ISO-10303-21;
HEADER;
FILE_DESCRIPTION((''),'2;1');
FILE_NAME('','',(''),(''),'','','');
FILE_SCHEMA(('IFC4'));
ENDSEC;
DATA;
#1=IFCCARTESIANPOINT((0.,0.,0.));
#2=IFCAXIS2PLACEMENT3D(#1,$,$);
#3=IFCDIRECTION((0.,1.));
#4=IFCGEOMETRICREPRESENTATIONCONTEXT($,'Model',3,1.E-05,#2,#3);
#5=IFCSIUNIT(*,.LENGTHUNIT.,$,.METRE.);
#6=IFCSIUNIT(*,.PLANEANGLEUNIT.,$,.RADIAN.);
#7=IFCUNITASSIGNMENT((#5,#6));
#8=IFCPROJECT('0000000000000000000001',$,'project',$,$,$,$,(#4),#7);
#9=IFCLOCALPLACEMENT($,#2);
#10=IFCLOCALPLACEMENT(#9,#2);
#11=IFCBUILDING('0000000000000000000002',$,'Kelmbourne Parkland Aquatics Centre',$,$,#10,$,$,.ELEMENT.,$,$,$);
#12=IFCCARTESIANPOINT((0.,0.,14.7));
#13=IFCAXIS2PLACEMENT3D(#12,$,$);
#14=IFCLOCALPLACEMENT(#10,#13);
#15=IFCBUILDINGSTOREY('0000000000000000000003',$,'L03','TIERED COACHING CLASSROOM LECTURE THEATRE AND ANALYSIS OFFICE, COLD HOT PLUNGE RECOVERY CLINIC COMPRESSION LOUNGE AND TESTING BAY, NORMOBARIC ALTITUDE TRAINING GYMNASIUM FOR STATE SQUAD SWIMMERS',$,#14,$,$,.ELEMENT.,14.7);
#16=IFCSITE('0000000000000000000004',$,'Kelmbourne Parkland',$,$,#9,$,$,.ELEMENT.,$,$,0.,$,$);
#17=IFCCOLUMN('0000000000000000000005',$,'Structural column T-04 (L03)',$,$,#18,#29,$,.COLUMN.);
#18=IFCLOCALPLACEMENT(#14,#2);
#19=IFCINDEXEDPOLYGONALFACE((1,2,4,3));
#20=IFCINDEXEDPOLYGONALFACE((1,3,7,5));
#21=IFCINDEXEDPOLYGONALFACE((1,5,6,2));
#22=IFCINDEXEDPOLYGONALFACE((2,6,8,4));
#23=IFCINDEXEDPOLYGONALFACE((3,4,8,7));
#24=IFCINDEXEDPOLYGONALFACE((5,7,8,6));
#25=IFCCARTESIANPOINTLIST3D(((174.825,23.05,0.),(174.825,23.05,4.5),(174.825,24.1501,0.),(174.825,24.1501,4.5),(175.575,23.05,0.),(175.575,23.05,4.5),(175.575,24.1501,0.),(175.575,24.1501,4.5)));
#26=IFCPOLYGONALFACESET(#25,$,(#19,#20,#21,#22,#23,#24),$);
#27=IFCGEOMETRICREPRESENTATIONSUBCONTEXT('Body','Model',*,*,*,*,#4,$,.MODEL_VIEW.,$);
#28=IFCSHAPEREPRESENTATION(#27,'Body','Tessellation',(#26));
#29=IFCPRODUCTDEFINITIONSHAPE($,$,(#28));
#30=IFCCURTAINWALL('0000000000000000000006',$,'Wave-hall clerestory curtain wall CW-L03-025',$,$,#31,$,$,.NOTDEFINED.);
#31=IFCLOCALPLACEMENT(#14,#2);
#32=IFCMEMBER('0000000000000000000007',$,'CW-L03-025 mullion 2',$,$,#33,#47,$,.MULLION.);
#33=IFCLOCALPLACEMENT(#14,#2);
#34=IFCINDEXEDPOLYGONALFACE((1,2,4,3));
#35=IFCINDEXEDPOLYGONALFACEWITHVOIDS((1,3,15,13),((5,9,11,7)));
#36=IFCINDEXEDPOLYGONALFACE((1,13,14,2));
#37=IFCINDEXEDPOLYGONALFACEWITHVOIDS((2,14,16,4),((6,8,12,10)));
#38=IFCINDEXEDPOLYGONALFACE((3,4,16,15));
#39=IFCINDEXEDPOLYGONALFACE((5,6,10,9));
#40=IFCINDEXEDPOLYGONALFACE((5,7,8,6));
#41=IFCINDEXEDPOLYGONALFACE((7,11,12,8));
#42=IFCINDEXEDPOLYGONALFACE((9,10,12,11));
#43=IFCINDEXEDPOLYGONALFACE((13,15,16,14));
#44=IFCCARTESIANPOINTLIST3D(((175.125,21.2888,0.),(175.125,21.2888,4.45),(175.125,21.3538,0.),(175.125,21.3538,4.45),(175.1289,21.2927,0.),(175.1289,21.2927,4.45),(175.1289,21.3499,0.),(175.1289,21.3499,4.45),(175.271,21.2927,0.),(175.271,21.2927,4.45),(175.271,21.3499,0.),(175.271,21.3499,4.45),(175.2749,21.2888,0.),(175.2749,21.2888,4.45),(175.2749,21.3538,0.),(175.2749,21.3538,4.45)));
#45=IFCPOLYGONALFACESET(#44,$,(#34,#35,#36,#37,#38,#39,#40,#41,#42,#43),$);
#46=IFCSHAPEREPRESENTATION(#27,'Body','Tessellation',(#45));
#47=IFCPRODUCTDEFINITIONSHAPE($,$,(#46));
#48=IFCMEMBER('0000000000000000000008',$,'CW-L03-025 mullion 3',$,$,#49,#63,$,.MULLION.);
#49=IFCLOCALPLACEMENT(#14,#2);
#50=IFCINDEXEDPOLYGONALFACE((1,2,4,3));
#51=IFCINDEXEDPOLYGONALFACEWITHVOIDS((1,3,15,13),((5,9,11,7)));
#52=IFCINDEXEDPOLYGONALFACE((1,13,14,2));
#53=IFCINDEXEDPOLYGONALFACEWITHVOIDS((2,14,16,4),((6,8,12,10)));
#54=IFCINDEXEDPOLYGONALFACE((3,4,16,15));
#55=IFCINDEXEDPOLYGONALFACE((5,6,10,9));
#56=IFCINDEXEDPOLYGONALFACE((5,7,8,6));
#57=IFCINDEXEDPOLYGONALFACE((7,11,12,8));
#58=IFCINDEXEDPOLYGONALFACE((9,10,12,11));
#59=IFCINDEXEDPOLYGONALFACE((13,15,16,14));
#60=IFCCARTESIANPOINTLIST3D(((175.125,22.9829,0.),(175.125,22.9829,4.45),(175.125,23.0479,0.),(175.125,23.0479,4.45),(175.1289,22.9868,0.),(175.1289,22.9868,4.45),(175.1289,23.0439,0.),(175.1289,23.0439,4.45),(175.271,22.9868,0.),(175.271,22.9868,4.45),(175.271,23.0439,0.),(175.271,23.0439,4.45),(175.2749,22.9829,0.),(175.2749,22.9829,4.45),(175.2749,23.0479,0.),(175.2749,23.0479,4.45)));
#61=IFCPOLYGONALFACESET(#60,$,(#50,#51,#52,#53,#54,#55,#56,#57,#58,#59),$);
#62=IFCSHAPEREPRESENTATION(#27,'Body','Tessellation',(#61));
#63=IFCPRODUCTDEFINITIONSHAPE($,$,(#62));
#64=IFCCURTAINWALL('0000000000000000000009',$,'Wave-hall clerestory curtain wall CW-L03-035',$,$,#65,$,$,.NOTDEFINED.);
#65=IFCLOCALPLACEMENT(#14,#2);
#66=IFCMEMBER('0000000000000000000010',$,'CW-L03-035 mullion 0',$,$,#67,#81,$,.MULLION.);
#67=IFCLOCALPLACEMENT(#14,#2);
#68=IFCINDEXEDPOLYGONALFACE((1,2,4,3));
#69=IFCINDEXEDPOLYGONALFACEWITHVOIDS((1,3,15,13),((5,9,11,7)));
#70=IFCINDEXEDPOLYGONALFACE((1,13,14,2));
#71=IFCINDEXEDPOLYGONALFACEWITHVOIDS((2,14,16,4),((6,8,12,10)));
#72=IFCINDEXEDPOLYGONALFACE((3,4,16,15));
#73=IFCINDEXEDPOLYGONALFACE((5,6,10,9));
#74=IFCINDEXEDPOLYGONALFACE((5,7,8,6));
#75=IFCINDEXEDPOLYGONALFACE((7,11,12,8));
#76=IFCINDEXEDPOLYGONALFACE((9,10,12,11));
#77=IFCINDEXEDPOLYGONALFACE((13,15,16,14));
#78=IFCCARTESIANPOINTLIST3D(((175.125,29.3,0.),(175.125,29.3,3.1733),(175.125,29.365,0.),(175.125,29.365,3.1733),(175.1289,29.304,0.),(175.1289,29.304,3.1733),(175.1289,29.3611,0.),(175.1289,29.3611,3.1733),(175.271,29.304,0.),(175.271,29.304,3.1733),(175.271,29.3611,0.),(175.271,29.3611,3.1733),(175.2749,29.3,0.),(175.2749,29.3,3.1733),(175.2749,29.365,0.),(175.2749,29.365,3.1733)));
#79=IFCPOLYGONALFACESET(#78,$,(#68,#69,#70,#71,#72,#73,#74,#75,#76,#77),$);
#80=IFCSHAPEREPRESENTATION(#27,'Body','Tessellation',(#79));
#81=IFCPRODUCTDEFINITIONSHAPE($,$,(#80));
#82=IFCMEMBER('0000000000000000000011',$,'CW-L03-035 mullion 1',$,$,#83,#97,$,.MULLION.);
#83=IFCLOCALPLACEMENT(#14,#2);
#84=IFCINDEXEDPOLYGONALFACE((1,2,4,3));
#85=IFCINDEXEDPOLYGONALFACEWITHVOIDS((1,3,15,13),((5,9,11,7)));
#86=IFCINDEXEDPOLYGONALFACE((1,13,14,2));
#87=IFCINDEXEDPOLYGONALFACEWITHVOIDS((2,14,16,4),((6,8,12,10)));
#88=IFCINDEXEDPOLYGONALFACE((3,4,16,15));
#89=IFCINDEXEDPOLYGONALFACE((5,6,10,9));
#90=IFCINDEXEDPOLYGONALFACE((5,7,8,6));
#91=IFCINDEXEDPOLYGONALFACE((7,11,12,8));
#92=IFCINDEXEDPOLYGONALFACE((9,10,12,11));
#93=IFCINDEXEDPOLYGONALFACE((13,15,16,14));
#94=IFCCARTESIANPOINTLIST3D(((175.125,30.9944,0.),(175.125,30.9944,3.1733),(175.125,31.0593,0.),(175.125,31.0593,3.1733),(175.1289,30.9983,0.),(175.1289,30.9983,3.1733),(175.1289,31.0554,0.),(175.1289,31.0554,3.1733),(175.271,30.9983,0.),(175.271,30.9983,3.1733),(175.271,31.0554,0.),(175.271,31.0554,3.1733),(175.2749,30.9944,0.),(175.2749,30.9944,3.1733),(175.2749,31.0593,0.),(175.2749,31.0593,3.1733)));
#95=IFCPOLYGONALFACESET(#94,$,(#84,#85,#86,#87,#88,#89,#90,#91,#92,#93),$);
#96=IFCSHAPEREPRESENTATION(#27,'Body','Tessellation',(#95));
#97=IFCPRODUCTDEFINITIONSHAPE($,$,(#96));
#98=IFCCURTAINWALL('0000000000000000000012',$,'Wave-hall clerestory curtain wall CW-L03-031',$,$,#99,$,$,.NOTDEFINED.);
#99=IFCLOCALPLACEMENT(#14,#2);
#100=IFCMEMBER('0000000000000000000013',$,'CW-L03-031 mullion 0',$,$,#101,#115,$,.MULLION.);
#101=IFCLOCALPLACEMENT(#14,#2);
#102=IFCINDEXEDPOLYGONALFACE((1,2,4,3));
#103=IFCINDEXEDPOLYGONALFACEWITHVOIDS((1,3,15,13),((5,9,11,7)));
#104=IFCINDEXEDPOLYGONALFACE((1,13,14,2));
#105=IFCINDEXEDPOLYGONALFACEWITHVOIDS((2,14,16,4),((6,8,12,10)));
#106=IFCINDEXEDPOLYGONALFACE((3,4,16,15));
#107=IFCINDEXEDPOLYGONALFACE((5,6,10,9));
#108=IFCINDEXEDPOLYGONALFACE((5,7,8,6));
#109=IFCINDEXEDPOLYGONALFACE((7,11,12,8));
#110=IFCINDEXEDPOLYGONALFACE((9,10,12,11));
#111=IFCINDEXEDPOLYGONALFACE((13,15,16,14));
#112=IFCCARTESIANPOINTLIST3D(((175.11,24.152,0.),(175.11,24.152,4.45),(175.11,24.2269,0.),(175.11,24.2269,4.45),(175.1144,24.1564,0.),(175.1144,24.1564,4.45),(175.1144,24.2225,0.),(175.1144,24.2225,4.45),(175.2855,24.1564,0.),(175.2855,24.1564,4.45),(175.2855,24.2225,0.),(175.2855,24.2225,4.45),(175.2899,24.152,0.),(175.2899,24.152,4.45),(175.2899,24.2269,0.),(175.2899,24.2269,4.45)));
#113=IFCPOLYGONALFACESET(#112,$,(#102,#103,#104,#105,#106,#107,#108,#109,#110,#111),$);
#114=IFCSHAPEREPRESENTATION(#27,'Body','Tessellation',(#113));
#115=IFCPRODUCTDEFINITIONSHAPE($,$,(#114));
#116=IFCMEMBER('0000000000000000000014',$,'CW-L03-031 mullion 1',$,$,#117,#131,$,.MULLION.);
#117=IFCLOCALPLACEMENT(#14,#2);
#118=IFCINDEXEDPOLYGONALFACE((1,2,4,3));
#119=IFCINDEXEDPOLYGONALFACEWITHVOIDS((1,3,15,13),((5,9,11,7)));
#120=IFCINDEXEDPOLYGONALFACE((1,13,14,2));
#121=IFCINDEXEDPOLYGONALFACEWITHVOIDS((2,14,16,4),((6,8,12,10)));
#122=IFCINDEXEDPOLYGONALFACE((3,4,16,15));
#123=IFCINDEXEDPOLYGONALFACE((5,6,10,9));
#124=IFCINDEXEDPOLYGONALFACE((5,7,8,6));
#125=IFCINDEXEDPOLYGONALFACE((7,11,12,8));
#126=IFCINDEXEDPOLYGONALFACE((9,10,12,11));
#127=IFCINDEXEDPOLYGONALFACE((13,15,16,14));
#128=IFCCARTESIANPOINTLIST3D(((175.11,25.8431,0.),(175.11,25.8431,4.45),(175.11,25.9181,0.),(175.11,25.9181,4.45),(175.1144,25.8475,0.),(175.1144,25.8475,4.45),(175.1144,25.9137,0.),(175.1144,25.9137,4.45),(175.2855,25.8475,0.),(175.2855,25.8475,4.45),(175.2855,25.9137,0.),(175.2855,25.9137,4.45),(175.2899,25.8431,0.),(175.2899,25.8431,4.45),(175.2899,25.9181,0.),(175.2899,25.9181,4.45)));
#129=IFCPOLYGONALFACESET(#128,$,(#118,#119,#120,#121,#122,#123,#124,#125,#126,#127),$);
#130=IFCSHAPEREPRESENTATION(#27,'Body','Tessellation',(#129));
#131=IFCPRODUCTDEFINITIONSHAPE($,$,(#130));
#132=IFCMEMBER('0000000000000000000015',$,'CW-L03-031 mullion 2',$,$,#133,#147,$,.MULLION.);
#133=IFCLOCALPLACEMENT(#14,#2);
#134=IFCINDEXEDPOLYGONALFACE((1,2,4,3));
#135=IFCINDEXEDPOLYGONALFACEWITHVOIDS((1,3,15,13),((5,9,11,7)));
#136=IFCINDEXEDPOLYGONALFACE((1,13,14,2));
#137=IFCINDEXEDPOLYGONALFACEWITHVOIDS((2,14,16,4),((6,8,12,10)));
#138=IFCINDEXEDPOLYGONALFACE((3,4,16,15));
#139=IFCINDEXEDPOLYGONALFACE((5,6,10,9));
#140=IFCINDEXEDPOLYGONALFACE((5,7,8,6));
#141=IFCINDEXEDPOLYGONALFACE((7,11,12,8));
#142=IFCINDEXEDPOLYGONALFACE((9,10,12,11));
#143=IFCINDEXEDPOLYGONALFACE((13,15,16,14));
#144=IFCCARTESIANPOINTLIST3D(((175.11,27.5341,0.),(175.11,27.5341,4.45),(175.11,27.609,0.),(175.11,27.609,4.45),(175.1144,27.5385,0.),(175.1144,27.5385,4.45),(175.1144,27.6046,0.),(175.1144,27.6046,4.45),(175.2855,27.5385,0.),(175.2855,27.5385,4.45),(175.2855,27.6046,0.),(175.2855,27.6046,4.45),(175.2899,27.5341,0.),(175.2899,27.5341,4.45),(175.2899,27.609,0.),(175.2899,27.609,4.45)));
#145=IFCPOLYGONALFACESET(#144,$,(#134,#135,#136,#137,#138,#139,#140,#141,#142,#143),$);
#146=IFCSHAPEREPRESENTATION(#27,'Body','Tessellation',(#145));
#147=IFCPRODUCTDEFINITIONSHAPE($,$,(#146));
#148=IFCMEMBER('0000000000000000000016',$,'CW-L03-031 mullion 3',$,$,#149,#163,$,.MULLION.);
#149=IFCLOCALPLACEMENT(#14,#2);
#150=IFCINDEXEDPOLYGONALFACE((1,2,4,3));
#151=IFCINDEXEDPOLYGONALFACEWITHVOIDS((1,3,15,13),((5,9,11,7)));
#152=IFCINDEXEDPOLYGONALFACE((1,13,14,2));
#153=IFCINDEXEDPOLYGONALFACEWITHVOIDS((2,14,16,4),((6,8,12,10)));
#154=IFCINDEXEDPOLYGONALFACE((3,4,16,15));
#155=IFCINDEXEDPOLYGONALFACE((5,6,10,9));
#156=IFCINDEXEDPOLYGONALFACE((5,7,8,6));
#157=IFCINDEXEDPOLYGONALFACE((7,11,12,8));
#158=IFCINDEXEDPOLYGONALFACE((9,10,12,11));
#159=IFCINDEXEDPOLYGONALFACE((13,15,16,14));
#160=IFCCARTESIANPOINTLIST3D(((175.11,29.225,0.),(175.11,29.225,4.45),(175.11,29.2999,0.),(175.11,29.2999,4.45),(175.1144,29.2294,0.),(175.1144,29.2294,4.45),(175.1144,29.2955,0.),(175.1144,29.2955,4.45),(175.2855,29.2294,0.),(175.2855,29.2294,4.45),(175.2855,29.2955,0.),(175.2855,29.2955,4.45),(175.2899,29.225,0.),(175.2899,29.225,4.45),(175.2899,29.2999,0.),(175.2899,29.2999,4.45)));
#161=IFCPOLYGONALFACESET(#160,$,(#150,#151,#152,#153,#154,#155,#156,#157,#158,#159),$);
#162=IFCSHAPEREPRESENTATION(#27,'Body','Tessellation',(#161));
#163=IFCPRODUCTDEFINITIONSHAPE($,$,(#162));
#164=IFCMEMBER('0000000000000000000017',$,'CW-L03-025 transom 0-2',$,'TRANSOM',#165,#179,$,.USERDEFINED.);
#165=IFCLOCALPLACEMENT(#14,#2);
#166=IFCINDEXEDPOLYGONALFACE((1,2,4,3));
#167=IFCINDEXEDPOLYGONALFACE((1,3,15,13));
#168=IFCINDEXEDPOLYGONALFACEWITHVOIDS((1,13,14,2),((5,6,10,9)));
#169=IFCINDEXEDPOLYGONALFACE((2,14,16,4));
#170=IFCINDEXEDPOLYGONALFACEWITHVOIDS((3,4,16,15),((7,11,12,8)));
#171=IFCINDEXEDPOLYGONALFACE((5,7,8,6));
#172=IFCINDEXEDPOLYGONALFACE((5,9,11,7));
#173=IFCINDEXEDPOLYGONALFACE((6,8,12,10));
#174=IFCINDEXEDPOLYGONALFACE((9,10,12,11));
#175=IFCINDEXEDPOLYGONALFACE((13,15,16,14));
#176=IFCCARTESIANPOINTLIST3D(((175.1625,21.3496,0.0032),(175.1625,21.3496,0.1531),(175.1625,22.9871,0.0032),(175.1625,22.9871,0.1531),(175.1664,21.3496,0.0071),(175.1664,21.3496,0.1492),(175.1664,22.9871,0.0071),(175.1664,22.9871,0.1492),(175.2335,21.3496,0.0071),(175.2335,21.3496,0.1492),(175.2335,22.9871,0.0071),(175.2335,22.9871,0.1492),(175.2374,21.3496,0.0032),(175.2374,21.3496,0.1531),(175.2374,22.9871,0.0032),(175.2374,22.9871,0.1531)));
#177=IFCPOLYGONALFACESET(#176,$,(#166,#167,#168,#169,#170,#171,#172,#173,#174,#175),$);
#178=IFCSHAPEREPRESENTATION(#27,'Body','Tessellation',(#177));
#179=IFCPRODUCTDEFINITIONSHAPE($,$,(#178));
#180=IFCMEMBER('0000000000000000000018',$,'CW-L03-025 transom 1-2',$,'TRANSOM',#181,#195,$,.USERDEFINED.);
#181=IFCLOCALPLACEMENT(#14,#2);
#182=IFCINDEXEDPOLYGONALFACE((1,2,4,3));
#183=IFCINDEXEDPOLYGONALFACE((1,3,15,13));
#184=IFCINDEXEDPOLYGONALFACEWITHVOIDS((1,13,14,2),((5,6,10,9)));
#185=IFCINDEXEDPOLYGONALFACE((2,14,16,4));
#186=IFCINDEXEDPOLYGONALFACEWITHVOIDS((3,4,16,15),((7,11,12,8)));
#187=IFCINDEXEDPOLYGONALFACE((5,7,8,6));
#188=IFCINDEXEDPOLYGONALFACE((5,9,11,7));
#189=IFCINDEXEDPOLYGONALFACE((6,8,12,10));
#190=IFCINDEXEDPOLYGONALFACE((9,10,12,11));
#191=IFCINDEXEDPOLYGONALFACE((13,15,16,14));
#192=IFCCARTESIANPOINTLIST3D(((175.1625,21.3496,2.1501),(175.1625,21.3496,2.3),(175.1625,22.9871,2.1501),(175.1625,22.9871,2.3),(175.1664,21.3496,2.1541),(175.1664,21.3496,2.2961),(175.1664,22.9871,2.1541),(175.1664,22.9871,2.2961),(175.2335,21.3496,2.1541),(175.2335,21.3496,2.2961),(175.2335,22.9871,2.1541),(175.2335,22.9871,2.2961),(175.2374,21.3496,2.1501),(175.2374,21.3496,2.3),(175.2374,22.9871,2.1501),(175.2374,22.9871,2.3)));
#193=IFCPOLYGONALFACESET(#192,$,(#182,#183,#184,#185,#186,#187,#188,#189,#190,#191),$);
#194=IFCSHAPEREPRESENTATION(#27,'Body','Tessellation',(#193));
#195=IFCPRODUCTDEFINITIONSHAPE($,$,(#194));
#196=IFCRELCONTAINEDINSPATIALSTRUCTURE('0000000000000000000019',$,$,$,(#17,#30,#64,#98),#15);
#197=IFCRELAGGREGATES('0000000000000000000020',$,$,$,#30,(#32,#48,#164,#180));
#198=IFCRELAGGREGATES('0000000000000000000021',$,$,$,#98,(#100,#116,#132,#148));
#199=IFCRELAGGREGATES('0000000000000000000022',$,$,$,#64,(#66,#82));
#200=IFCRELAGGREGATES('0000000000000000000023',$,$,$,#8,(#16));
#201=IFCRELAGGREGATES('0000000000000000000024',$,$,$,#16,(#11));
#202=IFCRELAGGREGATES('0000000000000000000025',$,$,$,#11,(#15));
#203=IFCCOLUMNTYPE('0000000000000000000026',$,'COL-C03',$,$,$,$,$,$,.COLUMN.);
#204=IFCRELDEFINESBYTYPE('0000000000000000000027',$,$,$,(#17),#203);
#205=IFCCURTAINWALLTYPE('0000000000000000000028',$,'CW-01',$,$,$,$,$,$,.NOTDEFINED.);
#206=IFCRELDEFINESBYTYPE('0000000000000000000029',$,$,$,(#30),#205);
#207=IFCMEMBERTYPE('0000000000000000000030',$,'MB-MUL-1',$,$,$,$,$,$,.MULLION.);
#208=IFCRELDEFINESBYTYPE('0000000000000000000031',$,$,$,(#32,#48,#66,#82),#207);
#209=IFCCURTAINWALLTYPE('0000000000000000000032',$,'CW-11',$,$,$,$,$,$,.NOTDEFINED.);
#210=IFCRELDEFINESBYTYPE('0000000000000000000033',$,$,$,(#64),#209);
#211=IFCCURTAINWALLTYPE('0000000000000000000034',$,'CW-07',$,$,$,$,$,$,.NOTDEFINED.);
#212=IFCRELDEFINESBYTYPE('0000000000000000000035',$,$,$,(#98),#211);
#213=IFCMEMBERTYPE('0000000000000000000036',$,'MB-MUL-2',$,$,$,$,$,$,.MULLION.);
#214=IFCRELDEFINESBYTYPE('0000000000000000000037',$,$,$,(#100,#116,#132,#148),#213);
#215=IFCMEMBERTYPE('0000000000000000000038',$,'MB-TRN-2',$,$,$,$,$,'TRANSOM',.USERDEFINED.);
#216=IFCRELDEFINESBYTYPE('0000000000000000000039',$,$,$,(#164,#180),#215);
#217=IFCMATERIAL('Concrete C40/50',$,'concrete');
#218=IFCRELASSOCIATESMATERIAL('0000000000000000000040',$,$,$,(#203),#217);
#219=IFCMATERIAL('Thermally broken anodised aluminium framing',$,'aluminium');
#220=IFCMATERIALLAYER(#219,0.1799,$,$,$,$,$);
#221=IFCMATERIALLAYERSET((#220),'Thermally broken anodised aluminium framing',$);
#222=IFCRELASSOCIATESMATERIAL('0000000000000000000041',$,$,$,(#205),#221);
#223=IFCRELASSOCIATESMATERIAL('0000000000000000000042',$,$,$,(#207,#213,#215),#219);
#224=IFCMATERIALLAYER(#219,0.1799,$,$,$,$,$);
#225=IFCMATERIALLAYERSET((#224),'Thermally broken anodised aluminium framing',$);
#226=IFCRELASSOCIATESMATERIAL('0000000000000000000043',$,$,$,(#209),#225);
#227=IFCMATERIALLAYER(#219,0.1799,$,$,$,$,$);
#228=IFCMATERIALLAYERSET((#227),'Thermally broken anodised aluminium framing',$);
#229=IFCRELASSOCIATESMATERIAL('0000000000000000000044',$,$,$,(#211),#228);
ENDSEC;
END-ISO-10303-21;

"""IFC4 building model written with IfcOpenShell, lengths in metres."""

from ifc_helpers import new_model, si_unit, direction, frame, origin, origin_2d, place, context, subcontext, project, spatial, rectangle, hollow_rectangle, extrude, material, layer, layer_set, material_profile, profile_set, type_object, element, aggregate, save


model = new_model("IFC4")

# Units and contexts
model_context = context("Model", 3, precision=1e-05, world=origin(), true_north=direction((0.0, 1.0)))
body_context = subcontext(model_context, "Body", "Model", "MODEL_VIEW")
ifc_project = project(units=[si_unit("LENGTHUNIT", "METRE"), si_unit("PLANEANGLEUNIT", "RADIAN")], contexts=[model_context])

# Site, building, storey
site_placement = place(None, origin())
site = spatial("IfcSite", under=ifc_project, at=site_placement, Name="Kelmbourne Parkland", CompositionType="ELEMENT", RefElevation=0.0)
building_placement = place(site_placement, origin())
building = spatial("IfcBuilding", under=site, at=building_placement, Name="Kelmbourne Parkland Aquatics Centre", CompositionType="ELEMENT")
storey_placement = place(building_placement, frame((0.0, 0.0, 14.7)))
storey = spatial("IfcBuildingStorey", under=building, at=storey_placement, Name="L03", Description="TIERED COACHING CLASSROOM LECTURE THEATRE AND ANALYSIS OFFICE, COLD HOT PLUNGE RECOVERY CLINIC COMPRESSION LOUNGE AND TESTING BAY, NORMOBARIC ALTITUDE TRAINING GYMNASIUM FOR STATE SQUAD SWIMMERS", CompositionType="ELEMENT", Elevation=14.7)

# Column
ifc_material_1 = material(Name="Concrete C40/50", Category="concrete")
ifc_material_profile_1 = material_profile(ifc_material_1, rectangle(XDim=0.75, YDim=1.1001, at=origin_2d()), Name="RC 750x1100")
ifc_profile_set_1 = profile_set([ifc_material_profile_1], Name="Concrete C40/50")
column_type = type_object("IfcColumnType", Name="COL-C03", PredefinedType="COLUMN", material=ifc_profile_set_1)
column_placement = place(storey_placement, frame((175.2, 23.6001, 0.0), z_axis=(0.0, 0.0, 1.0), x_axis=(1.0, 0.0, 0.0)))
element("IfcColumn", 1, at=column_placement, inside=storey, type_object=column_type, Name="Structural column T-04 (L03)", PredefinedType="COLUMN", context=body_context, shape_type="SweptSolid", body=[
    extrude(rectangle(XDim=0.75, YDim=1.1001, at=origin_2d()), origin(), (0.0, 0.0, 1.0), 4.5),
])

# Curtain walls, members
ifc_material_2 = material(Name="Thermally broken anodised aluminium framing", Category="aluminium")
ifc_layer_1 = layer(ifc_material_2, 0.1799)
ifc_layer_set_1 = layer_set([ifc_layer_1], Name="Thermally broken anodised aluminium framing")
curtain_wall_type_1 = type_object("IfcCurtainWallType", Name="CW-01", PredefinedType="NOTDEFINED", material=ifc_layer_set_1)
curtain_wall_1_placement = place(storey_placement, origin())
curtain_wall_1 = element("IfcCurtainWall", 2, at=curtain_wall_1_placement, inside=storey, type_object=curtain_wall_type_1, Name="Wave-hall clerestory curtain wall CW-L03-025", PredefinedType="NOTDEFINED")
ifc_material_profile_2 = material_profile(ifc_material_2, hollow_rectangle(XDim=0.0649, YDim=0.1499, WallThickness=0.0039, at=origin_2d()), Name="CW-M 65x150")
ifc_profile_set_2 = profile_set([ifc_material_profile_2], Name="Thermally broken anodised aluminium framing")
member_type_1 = type_object("IfcMemberType", Name="MB-MUL-1", PredefinedType="MULLION", material=ifc_profile_set_2)
member_1_placement = place(storey_placement, frame((175.2, 21.3213, 0.0), z_axis=(0.0, 0.0, 1.0), x_axis=(0.0, 1.0, 0.0)))
member_1 = element("IfcMember", 3, at=member_1_placement, type_object=member_type_1, Name="CW-L03-025 mullion 2", PredefinedType="MULLION", context=body_context, shape_type="SweptSolid", body=[
    extrude(hollow_rectangle(XDim=0.0649, YDim=0.1499, WallThickness=0.0039, at=origin_2d()), origin(), (0.0, 0.0, 1.0), 4.45),
])
member_2_placement = place(storey_placement, frame((175.2, 23.0154, 0.0), z_axis=(0.0, 0.0, 1.0), x_axis=(0.0, 1.0, 0.0)))
member_2 = element("IfcMember", 4, at=member_2_placement, type_object=member_type_1, Name="CW-L03-025 mullion 3", PredefinedType="MULLION", context=body_context, shape_type="SweptSolid", body=[
    extrude(hollow_rectangle(XDim=0.0649, YDim=0.1499, WallThickness=0.0039, at=origin_2d()), origin(), (0.0, 0.0, 1.0), 4.45),
])
ifc_layer_2 = layer(ifc_material_2, 0.1799)
ifc_layer_set_2 = layer_set([ifc_layer_2], Name="Thermally broken anodised aluminium framing")
curtain_wall_type_2 = type_object("IfcCurtainWallType", Name="CW-11", PredefinedType="NOTDEFINED", material=ifc_layer_set_2)
curtain_wall_2_placement = place(storey_placement, origin())
curtain_wall_2 = element("IfcCurtainWall", 5, at=curtain_wall_2_placement, inside=storey, type_object=curtain_wall_type_2, Name="Wave-hall clerestory curtain wall CW-L03-035", PredefinedType="NOTDEFINED")
member_3_placement = place(storey_placement, frame((175.2, 29.3325, 0.0), z_axis=(0.0, 0.0, 1.0), x_axis=(0.0, 1.0, 0.0)))
member_3 = element("IfcMember", 6, at=member_3_placement, type_object=member_type_1, Name="CW-L03-035 mullion 0", PredefinedType="MULLION", context=body_context, shape_type="SweptSolid", body=[
    extrude(hollow_rectangle(XDim=0.0649, YDim=0.1499, WallThickness=0.0039, at=origin_2d()), origin(), (0.0, 0.0, 1.0), 3.1733),
])
member_4_placement = place(storey_placement, frame((175.2, 31.0269, 0.0), z_axis=(0.0, 0.0, 1.0), x_axis=(0.0, 1.0, 0.0)))
member_4 = element("IfcMember", 7, at=member_4_placement, type_object=member_type_1, Name="CW-L03-035 mullion 1", PredefinedType="MULLION", context=body_context, shape_type="SweptSolid", body=[
    extrude(hollow_rectangle(XDim=0.0649, YDim=0.1499, WallThickness=0.0039, at=origin_2d()), origin(), (0.0, 0.0, 1.0), 3.1733),
])
ifc_layer_3 = layer(ifc_material_2, 0.1799)
ifc_layer_set_3 = layer_set([ifc_layer_3], Name="Thermally broken anodised aluminium framing")
curtain_wall_type_3 = type_object("IfcCurtainWallType", Name="CW-07", PredefinedType="NOTDEFINED", material=ifc_layer_set_3)
curtain_wall_3_placement = place(storey_placement, origin())
curtain_wall_3 = element("IfcCurtainWall", 8, at=curtain_wall_3_placement, inside=storey, type_object=curtain_wall_type_3, Name="Wave-hall clerestory curtain wall CW-L03-031", PredefinedType="NOTDEFINED")
ifc_material_profile_3 = material_profile(ifc_material_2, hollow_rectangle(XDim=0.075, YDim=0.1799, WallThickness=0.0044, at=origin_2d()), Name="CW-M 75x180")
ifc_profile_set_3 = profile_set([ifc_material_profile_3], Name="Thermally broken anodised aluminium framing")
member_type_2 = type_object("IfcMemberType", Name="MB-MUL-2", PredefinedType="MULLION", material=ifc_profile_set_3)
member_5_placement = place(storey_placement, frame((175.2, 24.1895, 0.0), z_axis=(0.0, 0.0, 1.0), x_axis=(0.0, 1.0, 0.0)))
member_5 = element("IfcMember", 9, at=member_5_placement, type_object=member_type_2, Name="CW-L03-031 mullion 0", PredefinedType="MULLION", context=body_context, shape_type="SweptSolid", body=[
    extrude(hollow_rectangle(XDim=0.075, YDim=0.1799, WallThickness=0.0044, at=origin_2d()), origin(), (0.0, 0.0, 1.0), 4.45),
])
member_6_placement = place(storey_placement, frame((175.2, 25.8806, 0.0), z_axis=(0.0, 0.0, 1.0), x_axis=(0.0, 1.0, 0.0)))
member_6 = element("IfcMember", 10, at=member_6_placement, type_object=member_type_2, Name="CW-L03-031 mullion 1", PredefinedType="MULLION", context=body_context, shape_type="SweptSolid", body=[
    extrude(hollow_rectangle(XDim=0.075, YDim=0.1799, WallThickness=0.0044, at=origin_2d()), origin(), (0.0, 0.0, 1.0), 4.45),
])
member_7_placement = place(storey_placement, frame((175.2, 27.5715, 0.0), z_axis=(0.0, 0.0, 1.0), x_axis=(0.0, 1.0, 0.0)))
member_7 = element("IfcMember", 11, at=member_7_placement, type_object=member_type_2, Name="CW-L03-031 mullion 2", PredefinedType="MULLION", context=body_context, shape_type="SweptSolid", body=[
    extrude(hollow_rectangle(XDim=0.075, YDim=0.1799, WallThickness=0.0044, at=origin_2d()), origin(), (0.0, 0.0, 1.0), 4.45),
])
member_8_placement = place(storey_placement, frame((175.2, 29.2625, 0.0), z_axis=(0.0, 0.0, 1.0), x_axis=(0.0, 1.0, 0.0)))
member_8 = element("IfcMember", 12, at=member_8_placement, type_object=member_type_2, Name="CW-L03-031 mullion 3", PredefinedType="MULLION", context=body_context, shape_type="SweptSolid", body=[
    extrude(hollow_rectangle(XDim=0.075, YDim=0.1799, WallThickness=0.0044, at=origin_2d()), origin(), (0.0, 0.0, 1.0), 4.45),
])

# Members
ifc_material_profile_4 = material_profile(ifc_material_2, hollow_rectangle(XDim=0.075, YDim=0.1499, WallThickness=0.0039, at=origin_2d()), Name="CW-T 75x150")
ifc_profile_set_4 = profile_set([ifc_material_profile_4], Name="Thermally broken anodised aluminium framing")
member_type_3 = type_object("IfcMemberType", Name="MB-TRN-2", ElementType="TRANSOM", PredefinedType="USERDEFINED", material=ifc_profile_set_4)
member_9_placement = place(storey_placement, frame((175.2, 21.3496, 0.0781), z_axis=(0.0, 1.0, 0.0), x_axis=(-1.0, 0.0, 0.0)))
member_9 = element("IfcMember", 13, at=member_9_placement, type_object=member_type_3, Name="CW-L03-025 transom 0-2", ObjectType="TRANSOM", PredefinedType="USERDEFINED", context=body_context, shape_type="SweptSolid", body=[
    extrude(hollow_rectangle(XDim=0.075, YDim=0.1499, WallThickness=0.0039, at=origin_2d()), origin(), (0.0, 0.0, 1.0), 1.6375),
])
member_10_placement = place(storey_placement, frame((175.2, 21.3496, 2.2251), z_axis=(0.0, 1.0, 0.0), x_axis=(-1.0, 0.0, 0.0)))
member_10 = element("IfcMember", 14, at=member_10_placement, type_object=member_type_3, Name="CW-L03-025 transom 1-2", ObjectType="TRANSOM", PredefinedType="USERDEFINED", context=body_context, shape_type="SweptSolid", body=[
    extrude(hollow_rectangle(XDim=0.075, YDim=0.1499, WallThickness=0.0039, at=origin_2d()), origin(), (0.0, 0.0, 1.0), 1.6375),
])

aggregate(curtain_wall_1, [member_1, member_2, member_9, member_10])
aggregate(curtain_wall_3, [member_5, member_6, member_7, member_8])
aggregate(curtain_wall_2, [member_3, member_4])

save(model, "model.ifc")
